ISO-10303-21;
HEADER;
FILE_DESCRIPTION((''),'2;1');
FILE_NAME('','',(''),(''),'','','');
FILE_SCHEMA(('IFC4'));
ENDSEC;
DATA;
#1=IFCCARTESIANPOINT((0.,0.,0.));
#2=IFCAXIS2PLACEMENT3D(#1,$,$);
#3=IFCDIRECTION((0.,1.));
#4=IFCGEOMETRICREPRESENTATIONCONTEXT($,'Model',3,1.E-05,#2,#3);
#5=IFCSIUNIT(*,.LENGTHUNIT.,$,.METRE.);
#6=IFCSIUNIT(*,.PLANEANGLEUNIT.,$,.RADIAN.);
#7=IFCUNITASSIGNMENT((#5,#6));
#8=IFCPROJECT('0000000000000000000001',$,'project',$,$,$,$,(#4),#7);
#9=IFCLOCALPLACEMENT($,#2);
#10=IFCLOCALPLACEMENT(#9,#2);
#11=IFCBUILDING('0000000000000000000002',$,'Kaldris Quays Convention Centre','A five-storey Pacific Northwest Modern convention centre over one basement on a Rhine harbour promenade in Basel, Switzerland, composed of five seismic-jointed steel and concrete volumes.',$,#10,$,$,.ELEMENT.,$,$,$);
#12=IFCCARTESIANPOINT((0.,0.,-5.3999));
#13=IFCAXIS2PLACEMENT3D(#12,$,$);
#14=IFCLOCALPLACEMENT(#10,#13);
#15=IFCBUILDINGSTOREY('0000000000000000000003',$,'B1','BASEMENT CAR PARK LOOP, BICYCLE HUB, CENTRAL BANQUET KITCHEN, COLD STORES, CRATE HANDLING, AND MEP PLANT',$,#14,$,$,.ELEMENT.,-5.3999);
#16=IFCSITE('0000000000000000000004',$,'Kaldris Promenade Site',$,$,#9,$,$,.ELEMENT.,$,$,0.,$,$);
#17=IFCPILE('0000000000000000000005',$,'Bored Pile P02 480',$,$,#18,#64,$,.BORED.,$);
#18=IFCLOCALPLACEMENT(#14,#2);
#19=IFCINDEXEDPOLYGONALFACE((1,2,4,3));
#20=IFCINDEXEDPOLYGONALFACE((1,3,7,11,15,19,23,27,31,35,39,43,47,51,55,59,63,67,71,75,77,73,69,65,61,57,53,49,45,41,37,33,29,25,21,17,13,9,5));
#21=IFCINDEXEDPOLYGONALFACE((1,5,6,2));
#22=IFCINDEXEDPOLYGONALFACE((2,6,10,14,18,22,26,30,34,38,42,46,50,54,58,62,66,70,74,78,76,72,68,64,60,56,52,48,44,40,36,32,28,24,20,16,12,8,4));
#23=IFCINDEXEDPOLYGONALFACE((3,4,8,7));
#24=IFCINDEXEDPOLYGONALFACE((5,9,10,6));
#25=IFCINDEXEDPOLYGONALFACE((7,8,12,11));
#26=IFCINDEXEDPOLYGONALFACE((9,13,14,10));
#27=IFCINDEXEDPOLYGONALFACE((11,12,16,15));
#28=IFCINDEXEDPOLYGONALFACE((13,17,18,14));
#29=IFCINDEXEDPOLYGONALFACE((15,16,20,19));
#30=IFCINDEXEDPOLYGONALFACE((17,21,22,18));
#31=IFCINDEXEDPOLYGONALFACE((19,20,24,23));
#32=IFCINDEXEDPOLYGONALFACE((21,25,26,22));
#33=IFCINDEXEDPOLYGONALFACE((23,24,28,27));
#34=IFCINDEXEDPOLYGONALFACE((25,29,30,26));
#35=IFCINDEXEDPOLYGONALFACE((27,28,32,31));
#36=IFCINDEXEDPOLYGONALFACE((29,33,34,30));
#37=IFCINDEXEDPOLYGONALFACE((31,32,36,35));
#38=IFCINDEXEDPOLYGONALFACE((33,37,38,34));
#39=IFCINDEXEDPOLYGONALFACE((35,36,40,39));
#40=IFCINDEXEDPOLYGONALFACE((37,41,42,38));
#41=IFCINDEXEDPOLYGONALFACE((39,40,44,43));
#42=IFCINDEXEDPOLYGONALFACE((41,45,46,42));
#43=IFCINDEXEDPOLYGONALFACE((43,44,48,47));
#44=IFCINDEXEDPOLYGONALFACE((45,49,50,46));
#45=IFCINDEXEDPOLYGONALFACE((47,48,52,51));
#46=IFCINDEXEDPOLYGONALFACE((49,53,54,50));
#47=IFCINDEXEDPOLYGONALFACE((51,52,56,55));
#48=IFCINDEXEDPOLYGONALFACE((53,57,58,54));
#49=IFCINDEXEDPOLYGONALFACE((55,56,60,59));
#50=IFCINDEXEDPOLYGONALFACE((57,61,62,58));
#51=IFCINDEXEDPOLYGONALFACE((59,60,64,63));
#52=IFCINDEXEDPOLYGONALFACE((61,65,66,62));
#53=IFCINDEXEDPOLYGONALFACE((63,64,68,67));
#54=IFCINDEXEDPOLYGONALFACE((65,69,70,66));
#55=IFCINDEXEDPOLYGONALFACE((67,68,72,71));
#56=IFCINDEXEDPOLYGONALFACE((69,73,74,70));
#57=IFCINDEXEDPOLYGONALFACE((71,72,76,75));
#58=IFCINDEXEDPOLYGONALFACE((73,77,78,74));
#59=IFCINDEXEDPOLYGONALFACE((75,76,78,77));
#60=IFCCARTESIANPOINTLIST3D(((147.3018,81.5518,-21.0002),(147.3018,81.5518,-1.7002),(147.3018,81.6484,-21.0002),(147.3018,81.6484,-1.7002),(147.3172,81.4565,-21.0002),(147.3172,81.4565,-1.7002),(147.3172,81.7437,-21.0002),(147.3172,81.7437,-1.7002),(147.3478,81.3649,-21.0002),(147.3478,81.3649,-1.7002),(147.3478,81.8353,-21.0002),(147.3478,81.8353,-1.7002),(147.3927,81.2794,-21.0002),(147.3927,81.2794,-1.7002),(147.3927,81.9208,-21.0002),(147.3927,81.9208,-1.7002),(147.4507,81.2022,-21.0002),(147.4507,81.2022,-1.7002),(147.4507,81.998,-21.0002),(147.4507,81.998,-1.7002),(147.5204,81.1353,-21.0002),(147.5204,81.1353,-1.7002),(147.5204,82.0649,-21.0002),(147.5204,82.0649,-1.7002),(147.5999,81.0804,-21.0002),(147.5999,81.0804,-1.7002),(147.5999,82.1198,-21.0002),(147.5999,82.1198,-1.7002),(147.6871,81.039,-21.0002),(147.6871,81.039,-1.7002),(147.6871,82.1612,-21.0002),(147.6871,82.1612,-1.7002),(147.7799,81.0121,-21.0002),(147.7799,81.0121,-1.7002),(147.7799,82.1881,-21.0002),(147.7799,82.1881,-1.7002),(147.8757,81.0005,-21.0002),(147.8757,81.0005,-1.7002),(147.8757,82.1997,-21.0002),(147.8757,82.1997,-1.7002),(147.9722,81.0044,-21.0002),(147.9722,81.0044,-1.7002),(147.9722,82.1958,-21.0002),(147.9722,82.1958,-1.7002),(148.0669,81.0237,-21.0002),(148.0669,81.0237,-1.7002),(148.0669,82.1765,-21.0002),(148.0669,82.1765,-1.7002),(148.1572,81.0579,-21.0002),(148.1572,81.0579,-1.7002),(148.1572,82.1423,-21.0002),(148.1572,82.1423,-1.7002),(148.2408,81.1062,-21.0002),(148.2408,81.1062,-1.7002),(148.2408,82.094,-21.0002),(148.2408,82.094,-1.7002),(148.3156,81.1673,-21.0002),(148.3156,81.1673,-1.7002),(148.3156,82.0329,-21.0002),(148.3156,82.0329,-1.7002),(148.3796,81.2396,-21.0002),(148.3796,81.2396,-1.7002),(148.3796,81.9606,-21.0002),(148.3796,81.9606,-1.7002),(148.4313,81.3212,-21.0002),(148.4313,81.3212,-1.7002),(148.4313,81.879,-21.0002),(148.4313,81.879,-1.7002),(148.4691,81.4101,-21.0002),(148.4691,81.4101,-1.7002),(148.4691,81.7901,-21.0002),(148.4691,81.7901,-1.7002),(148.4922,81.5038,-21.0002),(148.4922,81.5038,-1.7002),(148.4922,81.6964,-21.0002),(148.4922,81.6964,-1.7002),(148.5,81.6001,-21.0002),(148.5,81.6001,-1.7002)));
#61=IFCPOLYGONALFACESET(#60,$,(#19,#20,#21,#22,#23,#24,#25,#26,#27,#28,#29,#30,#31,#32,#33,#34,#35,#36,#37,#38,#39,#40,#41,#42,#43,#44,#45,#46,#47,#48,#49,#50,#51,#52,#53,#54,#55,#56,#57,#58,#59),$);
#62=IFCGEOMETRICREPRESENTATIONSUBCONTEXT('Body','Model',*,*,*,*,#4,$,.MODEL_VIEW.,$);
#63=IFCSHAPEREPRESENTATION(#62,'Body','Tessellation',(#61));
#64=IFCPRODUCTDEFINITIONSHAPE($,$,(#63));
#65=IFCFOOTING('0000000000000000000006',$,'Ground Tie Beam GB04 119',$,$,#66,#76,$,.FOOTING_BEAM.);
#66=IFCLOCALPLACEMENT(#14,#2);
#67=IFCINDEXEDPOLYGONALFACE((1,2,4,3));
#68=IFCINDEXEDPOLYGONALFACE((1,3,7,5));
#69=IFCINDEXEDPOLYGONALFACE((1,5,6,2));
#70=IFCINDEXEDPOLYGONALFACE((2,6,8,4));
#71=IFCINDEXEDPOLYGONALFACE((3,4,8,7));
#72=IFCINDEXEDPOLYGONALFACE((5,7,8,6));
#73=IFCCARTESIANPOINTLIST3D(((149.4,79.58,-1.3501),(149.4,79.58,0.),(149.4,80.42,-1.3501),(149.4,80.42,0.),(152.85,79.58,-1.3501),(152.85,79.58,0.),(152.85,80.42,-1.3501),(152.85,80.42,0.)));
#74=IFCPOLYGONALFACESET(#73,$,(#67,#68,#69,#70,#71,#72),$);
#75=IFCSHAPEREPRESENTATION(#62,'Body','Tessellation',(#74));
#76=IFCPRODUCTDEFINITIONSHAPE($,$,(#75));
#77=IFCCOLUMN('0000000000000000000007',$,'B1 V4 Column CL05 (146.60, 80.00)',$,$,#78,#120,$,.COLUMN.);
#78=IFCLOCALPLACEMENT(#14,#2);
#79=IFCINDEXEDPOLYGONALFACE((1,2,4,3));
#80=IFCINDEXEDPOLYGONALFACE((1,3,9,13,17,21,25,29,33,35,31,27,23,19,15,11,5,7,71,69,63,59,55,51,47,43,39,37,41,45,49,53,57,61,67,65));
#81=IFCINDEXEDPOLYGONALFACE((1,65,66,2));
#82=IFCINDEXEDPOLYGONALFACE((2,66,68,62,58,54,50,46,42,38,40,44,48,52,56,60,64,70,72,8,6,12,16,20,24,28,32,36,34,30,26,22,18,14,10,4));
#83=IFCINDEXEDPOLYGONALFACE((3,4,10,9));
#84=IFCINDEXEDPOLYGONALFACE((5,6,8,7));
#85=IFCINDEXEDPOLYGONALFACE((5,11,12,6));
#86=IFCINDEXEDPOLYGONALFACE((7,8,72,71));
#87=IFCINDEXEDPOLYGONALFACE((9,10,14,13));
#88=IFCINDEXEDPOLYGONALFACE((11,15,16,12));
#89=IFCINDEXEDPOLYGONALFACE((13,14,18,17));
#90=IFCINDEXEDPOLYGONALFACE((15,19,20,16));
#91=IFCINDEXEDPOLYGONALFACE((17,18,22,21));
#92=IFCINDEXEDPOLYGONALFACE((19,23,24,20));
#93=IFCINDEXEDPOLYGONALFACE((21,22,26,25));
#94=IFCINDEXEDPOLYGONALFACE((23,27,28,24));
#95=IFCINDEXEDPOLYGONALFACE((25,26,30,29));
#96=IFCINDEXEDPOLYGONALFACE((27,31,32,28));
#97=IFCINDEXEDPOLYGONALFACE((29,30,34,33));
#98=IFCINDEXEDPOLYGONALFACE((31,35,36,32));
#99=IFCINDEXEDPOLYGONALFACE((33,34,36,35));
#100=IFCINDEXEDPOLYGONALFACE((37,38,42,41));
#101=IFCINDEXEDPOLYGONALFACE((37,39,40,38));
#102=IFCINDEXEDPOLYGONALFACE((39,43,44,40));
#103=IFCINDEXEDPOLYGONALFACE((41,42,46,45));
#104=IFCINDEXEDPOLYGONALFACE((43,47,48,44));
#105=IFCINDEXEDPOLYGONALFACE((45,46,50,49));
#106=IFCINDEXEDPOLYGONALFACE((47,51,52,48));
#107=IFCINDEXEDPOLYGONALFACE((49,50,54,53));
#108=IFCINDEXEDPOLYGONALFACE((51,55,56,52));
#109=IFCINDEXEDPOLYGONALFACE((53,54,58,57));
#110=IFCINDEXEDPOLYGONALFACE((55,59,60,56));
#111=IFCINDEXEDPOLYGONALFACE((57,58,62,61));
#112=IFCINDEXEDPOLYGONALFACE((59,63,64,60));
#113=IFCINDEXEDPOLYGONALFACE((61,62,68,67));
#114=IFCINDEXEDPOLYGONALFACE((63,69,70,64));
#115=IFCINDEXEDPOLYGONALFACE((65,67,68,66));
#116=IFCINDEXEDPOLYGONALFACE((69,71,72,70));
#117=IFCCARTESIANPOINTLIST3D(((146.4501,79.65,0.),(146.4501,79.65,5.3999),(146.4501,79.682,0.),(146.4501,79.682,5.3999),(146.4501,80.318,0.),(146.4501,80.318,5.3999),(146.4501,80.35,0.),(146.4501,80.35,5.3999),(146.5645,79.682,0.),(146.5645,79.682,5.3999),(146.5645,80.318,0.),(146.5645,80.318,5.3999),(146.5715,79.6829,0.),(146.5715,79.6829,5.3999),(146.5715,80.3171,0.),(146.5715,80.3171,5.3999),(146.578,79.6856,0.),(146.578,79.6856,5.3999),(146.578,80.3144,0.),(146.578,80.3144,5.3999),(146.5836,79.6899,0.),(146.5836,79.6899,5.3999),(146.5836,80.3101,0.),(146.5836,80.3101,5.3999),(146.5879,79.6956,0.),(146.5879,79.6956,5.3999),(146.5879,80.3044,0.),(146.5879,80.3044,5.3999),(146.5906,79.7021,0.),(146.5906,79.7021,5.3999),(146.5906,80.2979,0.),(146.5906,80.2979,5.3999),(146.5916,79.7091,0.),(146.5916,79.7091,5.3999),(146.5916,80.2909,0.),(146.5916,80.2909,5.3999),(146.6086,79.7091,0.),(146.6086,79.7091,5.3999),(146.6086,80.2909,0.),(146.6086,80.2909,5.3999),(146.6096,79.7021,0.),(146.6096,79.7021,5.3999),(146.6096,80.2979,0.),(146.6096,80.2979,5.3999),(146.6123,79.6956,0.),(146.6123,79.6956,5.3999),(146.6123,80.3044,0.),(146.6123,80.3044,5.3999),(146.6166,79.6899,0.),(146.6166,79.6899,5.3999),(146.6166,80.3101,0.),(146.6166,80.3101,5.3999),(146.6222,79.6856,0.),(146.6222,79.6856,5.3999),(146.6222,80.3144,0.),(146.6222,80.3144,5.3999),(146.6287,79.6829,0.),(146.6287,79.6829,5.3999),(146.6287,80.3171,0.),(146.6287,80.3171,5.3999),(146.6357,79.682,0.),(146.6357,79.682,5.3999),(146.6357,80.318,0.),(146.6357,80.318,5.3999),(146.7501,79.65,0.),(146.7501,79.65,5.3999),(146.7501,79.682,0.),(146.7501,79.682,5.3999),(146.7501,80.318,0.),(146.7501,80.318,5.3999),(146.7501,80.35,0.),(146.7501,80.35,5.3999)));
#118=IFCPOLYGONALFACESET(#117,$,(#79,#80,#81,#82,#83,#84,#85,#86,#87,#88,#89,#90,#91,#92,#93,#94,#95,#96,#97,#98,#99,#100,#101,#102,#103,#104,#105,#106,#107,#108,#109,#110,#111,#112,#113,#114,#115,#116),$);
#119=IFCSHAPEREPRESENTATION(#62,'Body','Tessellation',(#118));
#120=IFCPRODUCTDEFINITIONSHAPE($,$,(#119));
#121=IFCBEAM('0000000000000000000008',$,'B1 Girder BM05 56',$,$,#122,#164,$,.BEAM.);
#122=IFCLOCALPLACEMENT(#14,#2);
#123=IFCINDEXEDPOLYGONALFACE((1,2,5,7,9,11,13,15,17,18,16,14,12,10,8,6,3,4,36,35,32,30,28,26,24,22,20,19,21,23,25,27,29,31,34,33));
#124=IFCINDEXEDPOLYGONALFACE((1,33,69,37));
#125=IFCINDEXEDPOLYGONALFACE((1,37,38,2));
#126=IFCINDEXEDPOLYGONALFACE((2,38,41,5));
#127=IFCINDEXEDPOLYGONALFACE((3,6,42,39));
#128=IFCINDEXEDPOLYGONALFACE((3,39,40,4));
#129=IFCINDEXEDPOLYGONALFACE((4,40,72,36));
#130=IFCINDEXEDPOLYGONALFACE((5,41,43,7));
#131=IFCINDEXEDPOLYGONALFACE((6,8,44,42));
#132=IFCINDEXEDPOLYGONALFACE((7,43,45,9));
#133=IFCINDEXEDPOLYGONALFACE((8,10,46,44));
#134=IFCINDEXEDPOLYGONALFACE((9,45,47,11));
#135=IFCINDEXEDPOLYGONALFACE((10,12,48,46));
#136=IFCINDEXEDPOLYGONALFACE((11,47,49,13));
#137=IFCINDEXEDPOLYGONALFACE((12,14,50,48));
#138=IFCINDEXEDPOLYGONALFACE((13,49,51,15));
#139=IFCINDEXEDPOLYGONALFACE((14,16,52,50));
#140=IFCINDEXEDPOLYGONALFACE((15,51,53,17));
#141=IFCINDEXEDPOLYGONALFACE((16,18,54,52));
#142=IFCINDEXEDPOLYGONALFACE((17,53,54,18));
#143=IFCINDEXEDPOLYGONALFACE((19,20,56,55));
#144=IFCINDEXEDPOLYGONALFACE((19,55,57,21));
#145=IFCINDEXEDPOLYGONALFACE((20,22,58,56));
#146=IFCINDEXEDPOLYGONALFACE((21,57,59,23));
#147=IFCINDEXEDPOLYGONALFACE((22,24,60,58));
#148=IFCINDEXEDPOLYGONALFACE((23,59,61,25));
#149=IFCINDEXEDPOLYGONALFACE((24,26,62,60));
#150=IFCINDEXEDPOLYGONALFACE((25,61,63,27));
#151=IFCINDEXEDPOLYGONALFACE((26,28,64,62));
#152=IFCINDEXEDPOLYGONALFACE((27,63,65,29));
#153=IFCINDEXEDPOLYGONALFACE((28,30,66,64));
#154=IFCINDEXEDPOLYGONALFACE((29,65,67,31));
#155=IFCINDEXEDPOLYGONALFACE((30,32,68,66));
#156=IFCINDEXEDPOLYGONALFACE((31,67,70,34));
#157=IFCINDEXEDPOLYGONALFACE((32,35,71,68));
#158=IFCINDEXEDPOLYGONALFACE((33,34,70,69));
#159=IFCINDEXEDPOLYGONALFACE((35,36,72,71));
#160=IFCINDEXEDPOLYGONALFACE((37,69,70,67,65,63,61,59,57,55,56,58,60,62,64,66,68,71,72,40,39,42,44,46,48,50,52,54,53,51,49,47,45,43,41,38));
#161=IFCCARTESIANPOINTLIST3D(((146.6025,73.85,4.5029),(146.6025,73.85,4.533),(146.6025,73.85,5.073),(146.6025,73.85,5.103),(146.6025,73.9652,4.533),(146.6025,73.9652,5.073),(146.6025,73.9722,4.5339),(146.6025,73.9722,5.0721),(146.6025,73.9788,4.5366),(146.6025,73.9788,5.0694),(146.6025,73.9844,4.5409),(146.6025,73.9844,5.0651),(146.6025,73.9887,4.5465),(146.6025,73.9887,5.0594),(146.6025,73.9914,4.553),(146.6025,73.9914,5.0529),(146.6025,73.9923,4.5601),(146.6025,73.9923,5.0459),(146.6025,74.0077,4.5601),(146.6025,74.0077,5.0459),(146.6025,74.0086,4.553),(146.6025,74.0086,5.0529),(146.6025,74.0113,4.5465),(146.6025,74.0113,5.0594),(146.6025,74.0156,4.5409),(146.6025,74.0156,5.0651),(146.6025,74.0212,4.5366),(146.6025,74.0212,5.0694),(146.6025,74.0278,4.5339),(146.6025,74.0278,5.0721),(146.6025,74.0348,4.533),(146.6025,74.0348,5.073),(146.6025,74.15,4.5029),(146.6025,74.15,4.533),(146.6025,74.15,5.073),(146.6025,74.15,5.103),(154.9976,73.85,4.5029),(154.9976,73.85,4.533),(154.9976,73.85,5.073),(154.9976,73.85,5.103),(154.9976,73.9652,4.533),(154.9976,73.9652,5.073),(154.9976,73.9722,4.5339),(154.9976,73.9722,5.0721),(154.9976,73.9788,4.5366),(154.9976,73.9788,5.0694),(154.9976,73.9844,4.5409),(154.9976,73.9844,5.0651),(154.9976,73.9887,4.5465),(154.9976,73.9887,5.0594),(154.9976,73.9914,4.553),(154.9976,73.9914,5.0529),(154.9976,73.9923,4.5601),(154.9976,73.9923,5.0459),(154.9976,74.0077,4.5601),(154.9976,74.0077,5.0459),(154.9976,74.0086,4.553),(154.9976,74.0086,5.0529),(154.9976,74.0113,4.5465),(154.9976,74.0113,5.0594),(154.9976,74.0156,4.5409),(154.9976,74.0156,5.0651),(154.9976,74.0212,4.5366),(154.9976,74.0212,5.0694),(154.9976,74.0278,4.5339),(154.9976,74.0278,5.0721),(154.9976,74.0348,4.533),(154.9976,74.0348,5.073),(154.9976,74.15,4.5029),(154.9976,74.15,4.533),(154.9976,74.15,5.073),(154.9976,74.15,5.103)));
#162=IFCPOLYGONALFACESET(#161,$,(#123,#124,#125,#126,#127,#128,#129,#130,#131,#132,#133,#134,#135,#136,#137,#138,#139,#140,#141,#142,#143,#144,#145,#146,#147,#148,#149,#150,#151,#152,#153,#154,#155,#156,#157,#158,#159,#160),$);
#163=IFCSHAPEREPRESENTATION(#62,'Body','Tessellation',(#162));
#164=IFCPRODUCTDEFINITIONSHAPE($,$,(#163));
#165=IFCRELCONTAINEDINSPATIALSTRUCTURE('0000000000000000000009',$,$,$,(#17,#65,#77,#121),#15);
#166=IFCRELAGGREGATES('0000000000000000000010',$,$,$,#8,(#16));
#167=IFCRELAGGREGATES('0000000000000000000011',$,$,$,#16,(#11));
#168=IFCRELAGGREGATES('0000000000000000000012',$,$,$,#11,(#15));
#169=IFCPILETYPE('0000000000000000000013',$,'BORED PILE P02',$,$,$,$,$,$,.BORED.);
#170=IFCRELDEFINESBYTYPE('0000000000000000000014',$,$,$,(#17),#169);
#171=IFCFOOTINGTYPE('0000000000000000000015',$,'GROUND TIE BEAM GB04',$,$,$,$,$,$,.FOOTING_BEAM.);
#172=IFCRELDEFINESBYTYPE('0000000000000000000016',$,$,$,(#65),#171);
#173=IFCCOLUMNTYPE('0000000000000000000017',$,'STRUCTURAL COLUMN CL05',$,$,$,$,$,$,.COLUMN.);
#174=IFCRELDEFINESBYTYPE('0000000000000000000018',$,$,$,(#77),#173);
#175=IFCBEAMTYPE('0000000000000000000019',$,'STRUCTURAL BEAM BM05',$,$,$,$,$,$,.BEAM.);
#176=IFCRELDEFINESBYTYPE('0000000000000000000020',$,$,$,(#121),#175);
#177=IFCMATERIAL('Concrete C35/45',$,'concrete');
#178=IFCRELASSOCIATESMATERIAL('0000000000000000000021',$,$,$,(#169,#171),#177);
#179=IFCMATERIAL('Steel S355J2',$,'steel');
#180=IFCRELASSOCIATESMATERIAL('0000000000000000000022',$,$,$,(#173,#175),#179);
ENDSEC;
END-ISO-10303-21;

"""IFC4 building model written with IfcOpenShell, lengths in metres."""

from ifc_helpers import new_model, si_unit, direction, frame, origin, origin_2d, place, context, subcontext, project, spatial, rectangle, circle, i_section, extrude, material, material_profile, profile_set, type_object, element, save


model = new_model("IFC4")

# Units and contexts
model_context = context("Model", 3, precision=1e-05, world=origin(), true_north=direction((0.0, 1.0)))
body_context = subcontext(model_context, "Body", "Model", "MODEL_VIEW")
ifc_project = project(units=[si_unit("LENGTHUNIT", "METRE"), si_unit("PLANEANGLEUNIT", "RADIAN")], contexts=[model_context])

# Site, building, storey
site_placement = place(None, origin())
site = spatial("IfcSite", under=ifc_project, at=site_placement, Name="Kaldris Promenade Site", CompositionType="ELEMENT", RefElevation=0.0)
building_placement = place(site_placement, origin())
building = spatial("IfcBuilding", under=site, at=building_placement, Name="Kaldris Quays Convention Centre", Description="A five-storey Pacific Northwest Modern convention centre over one basement on a Rhine harbour promenade in Basel, Switzerland, composed of five seismic-jointed steel and concrete volumes.", CompositionType="ELEMENT")
storey_placement = place(building_placement, frame((0.0, 0.0, -5.3999)))
storey = spatial("IfcBuildingStorey", under=building, at=storey_placement, Name="B1", Description="BASEMENT CAR PARK LOOP, BICYCLE HUB, CENTRAL BANQUET KITCHEN, COLD STORES, CRATE HANDLING, AND MEP PLANT", CompositionType="ELEMENT", Elevation=-5.3999)

# Pile
ifc_material_1 = material(Name="Concrete C35/45", Category="concrete")
ifc_material_profile_1 = material_profile(ifc_material_1, circle(Radius=0.6001, at=origin_2d()), Name="BORED PILE D1200")
ifc_profile_set_1 = profile_set([ifc_material_profile_1], Name="Concrete C35/45")
pile_type = type_object("IfcPileType", Name="BORED PILE P02", PredefinedType="BORED", material=ifc_profile_set_1)
for number, where, z_axis, x_axis, name in (
    (1, (147.8999, 81.6001, -1.7002), (0.0, 0.0, -1.0), (1.0, 0.0, 0.0), "Bored Pile P02 480"),
):
    element("IfcPile", number, at=place(storey_placement, frame(where, z_axis=z_axis, x_axis=x_axis)), inside=storey, type_object=pile_type, Name=name, PredefinedType="BORED", context=body_context, shape_type="SweptSolid", body=[
        extrude(circle(Radius=0.6001, at=origin_2d()), origin(), (0.0, 0.0, 1.0), 19.3),
    ])

# Footing
footing_type = type_object("IfcFootingType", Name="GROUND TIE BEAM GB04", PredefinedType="FOOTING_BEAM", material=ifc_material_1)
footing_placement = place(storey_placement, frame((151.125, 80.0, -1.3501), z_axis=(0.0, 0.0, 1.0), x_axis=(1.0, 0.0, 0.0)))
element("IfcFooting", 2, at=footing_placement, inside=storey, type_object=footing_type, Name="Ground Tie Beam GB04 119", PredefinedType="FOOTING_BEAM", context=body_context, shape_type="SweptSolid", body=[
    extrude(rectangle(XDim=3.45, YDim=0.8401, at=origin_2d()), origin(), (0.0, 0.0, 1.0), 1.3501),
])

# Column
ifc_material_2 = material(Name="Steel S355J2", Category="steel")
ifc_material_profile_2 = material_profile(ifc_material_2, i_section(OverallWidth=0.3, OverallDepth=0.7, WebThickness=0.0171, FlangeThickness=0.032, FilletRadius=0.0271, at=origin_2d()), Name="HEB 700")
ifc_profile_set_2 = profile_set([ifc_material_profile_2], Name="Steel S355J2")
column_type = type_object("IfcColumnType", Name="STRUCTURAL COLUMN CL05", PredefinedType="COLUMN", material=ifc_profile_set_2)
column_placement = place(storey_placement, frame((146.6001, 80.0, 0.0), z_axis=(0.0, 0.0, 1.0), x_axis=(1.0, 0.0, 0.0)))
element("IfcColumn", 3, at=column_placement, inside=storey, type_object=column_type, Name="B1 V4 Column CL05 (146.60, 80.00)", PredefinedType="COLUMN", context=body_context, shape_type="SweptSolid", body=[
    extrude(i_section(OverallWidth=0.3, OverallDepth=0.7, WebThickness=0.0171, FlangeThickness=0.032, FilletRadius=0.0271, at=origin_2d()), origin(), (0.0, 0.0, 1.0), 5.3999),
])

# Beam
ifc_material_profile_3 = material_profile(ifc_material_2, i_section(OverallWidth=0.3, OverallDepth=0.6001, WebThickness=0.0154, FlangeThickness=0.03, FilletRadius=0.0271, at=origin_2d()), Name="HEB 600")
ifc_profile_set_3 = profile_set([ifc_material_profile_3], Name="Steel S355J2")
beam_type_1 = type_object("IfcBeamType", Name="STRUCTURAL BEAM BM05", PredefinedType="BEAM", material=ifc_profile_set_3)
beam_1_placement = place(storey_placement, frame((146.6025, 74.0, 4.803), z_axis=(1.0, 0.0, 0.0), x_axis=(0.0, 1.0, 0.0)))
element("IfcBeam", 4, at=beam_1_placement, inside=storey, type_object=beam_type_1, Name="B1 Girder BM05 56", PredefinedType="BEAM", context=body_context, shape_type="SweptSolid", body=[
    extrude(i_section(OverallWidth=0.3, OverallDepth=0.6001, WebThickness=0.0154, FlangeThickness=0.03, FilletRadius=0.0271, at=origin_2d()), origin(), (0.0, 0.0, 1.0), 8.395),
])

save(model, "model.ifc")
